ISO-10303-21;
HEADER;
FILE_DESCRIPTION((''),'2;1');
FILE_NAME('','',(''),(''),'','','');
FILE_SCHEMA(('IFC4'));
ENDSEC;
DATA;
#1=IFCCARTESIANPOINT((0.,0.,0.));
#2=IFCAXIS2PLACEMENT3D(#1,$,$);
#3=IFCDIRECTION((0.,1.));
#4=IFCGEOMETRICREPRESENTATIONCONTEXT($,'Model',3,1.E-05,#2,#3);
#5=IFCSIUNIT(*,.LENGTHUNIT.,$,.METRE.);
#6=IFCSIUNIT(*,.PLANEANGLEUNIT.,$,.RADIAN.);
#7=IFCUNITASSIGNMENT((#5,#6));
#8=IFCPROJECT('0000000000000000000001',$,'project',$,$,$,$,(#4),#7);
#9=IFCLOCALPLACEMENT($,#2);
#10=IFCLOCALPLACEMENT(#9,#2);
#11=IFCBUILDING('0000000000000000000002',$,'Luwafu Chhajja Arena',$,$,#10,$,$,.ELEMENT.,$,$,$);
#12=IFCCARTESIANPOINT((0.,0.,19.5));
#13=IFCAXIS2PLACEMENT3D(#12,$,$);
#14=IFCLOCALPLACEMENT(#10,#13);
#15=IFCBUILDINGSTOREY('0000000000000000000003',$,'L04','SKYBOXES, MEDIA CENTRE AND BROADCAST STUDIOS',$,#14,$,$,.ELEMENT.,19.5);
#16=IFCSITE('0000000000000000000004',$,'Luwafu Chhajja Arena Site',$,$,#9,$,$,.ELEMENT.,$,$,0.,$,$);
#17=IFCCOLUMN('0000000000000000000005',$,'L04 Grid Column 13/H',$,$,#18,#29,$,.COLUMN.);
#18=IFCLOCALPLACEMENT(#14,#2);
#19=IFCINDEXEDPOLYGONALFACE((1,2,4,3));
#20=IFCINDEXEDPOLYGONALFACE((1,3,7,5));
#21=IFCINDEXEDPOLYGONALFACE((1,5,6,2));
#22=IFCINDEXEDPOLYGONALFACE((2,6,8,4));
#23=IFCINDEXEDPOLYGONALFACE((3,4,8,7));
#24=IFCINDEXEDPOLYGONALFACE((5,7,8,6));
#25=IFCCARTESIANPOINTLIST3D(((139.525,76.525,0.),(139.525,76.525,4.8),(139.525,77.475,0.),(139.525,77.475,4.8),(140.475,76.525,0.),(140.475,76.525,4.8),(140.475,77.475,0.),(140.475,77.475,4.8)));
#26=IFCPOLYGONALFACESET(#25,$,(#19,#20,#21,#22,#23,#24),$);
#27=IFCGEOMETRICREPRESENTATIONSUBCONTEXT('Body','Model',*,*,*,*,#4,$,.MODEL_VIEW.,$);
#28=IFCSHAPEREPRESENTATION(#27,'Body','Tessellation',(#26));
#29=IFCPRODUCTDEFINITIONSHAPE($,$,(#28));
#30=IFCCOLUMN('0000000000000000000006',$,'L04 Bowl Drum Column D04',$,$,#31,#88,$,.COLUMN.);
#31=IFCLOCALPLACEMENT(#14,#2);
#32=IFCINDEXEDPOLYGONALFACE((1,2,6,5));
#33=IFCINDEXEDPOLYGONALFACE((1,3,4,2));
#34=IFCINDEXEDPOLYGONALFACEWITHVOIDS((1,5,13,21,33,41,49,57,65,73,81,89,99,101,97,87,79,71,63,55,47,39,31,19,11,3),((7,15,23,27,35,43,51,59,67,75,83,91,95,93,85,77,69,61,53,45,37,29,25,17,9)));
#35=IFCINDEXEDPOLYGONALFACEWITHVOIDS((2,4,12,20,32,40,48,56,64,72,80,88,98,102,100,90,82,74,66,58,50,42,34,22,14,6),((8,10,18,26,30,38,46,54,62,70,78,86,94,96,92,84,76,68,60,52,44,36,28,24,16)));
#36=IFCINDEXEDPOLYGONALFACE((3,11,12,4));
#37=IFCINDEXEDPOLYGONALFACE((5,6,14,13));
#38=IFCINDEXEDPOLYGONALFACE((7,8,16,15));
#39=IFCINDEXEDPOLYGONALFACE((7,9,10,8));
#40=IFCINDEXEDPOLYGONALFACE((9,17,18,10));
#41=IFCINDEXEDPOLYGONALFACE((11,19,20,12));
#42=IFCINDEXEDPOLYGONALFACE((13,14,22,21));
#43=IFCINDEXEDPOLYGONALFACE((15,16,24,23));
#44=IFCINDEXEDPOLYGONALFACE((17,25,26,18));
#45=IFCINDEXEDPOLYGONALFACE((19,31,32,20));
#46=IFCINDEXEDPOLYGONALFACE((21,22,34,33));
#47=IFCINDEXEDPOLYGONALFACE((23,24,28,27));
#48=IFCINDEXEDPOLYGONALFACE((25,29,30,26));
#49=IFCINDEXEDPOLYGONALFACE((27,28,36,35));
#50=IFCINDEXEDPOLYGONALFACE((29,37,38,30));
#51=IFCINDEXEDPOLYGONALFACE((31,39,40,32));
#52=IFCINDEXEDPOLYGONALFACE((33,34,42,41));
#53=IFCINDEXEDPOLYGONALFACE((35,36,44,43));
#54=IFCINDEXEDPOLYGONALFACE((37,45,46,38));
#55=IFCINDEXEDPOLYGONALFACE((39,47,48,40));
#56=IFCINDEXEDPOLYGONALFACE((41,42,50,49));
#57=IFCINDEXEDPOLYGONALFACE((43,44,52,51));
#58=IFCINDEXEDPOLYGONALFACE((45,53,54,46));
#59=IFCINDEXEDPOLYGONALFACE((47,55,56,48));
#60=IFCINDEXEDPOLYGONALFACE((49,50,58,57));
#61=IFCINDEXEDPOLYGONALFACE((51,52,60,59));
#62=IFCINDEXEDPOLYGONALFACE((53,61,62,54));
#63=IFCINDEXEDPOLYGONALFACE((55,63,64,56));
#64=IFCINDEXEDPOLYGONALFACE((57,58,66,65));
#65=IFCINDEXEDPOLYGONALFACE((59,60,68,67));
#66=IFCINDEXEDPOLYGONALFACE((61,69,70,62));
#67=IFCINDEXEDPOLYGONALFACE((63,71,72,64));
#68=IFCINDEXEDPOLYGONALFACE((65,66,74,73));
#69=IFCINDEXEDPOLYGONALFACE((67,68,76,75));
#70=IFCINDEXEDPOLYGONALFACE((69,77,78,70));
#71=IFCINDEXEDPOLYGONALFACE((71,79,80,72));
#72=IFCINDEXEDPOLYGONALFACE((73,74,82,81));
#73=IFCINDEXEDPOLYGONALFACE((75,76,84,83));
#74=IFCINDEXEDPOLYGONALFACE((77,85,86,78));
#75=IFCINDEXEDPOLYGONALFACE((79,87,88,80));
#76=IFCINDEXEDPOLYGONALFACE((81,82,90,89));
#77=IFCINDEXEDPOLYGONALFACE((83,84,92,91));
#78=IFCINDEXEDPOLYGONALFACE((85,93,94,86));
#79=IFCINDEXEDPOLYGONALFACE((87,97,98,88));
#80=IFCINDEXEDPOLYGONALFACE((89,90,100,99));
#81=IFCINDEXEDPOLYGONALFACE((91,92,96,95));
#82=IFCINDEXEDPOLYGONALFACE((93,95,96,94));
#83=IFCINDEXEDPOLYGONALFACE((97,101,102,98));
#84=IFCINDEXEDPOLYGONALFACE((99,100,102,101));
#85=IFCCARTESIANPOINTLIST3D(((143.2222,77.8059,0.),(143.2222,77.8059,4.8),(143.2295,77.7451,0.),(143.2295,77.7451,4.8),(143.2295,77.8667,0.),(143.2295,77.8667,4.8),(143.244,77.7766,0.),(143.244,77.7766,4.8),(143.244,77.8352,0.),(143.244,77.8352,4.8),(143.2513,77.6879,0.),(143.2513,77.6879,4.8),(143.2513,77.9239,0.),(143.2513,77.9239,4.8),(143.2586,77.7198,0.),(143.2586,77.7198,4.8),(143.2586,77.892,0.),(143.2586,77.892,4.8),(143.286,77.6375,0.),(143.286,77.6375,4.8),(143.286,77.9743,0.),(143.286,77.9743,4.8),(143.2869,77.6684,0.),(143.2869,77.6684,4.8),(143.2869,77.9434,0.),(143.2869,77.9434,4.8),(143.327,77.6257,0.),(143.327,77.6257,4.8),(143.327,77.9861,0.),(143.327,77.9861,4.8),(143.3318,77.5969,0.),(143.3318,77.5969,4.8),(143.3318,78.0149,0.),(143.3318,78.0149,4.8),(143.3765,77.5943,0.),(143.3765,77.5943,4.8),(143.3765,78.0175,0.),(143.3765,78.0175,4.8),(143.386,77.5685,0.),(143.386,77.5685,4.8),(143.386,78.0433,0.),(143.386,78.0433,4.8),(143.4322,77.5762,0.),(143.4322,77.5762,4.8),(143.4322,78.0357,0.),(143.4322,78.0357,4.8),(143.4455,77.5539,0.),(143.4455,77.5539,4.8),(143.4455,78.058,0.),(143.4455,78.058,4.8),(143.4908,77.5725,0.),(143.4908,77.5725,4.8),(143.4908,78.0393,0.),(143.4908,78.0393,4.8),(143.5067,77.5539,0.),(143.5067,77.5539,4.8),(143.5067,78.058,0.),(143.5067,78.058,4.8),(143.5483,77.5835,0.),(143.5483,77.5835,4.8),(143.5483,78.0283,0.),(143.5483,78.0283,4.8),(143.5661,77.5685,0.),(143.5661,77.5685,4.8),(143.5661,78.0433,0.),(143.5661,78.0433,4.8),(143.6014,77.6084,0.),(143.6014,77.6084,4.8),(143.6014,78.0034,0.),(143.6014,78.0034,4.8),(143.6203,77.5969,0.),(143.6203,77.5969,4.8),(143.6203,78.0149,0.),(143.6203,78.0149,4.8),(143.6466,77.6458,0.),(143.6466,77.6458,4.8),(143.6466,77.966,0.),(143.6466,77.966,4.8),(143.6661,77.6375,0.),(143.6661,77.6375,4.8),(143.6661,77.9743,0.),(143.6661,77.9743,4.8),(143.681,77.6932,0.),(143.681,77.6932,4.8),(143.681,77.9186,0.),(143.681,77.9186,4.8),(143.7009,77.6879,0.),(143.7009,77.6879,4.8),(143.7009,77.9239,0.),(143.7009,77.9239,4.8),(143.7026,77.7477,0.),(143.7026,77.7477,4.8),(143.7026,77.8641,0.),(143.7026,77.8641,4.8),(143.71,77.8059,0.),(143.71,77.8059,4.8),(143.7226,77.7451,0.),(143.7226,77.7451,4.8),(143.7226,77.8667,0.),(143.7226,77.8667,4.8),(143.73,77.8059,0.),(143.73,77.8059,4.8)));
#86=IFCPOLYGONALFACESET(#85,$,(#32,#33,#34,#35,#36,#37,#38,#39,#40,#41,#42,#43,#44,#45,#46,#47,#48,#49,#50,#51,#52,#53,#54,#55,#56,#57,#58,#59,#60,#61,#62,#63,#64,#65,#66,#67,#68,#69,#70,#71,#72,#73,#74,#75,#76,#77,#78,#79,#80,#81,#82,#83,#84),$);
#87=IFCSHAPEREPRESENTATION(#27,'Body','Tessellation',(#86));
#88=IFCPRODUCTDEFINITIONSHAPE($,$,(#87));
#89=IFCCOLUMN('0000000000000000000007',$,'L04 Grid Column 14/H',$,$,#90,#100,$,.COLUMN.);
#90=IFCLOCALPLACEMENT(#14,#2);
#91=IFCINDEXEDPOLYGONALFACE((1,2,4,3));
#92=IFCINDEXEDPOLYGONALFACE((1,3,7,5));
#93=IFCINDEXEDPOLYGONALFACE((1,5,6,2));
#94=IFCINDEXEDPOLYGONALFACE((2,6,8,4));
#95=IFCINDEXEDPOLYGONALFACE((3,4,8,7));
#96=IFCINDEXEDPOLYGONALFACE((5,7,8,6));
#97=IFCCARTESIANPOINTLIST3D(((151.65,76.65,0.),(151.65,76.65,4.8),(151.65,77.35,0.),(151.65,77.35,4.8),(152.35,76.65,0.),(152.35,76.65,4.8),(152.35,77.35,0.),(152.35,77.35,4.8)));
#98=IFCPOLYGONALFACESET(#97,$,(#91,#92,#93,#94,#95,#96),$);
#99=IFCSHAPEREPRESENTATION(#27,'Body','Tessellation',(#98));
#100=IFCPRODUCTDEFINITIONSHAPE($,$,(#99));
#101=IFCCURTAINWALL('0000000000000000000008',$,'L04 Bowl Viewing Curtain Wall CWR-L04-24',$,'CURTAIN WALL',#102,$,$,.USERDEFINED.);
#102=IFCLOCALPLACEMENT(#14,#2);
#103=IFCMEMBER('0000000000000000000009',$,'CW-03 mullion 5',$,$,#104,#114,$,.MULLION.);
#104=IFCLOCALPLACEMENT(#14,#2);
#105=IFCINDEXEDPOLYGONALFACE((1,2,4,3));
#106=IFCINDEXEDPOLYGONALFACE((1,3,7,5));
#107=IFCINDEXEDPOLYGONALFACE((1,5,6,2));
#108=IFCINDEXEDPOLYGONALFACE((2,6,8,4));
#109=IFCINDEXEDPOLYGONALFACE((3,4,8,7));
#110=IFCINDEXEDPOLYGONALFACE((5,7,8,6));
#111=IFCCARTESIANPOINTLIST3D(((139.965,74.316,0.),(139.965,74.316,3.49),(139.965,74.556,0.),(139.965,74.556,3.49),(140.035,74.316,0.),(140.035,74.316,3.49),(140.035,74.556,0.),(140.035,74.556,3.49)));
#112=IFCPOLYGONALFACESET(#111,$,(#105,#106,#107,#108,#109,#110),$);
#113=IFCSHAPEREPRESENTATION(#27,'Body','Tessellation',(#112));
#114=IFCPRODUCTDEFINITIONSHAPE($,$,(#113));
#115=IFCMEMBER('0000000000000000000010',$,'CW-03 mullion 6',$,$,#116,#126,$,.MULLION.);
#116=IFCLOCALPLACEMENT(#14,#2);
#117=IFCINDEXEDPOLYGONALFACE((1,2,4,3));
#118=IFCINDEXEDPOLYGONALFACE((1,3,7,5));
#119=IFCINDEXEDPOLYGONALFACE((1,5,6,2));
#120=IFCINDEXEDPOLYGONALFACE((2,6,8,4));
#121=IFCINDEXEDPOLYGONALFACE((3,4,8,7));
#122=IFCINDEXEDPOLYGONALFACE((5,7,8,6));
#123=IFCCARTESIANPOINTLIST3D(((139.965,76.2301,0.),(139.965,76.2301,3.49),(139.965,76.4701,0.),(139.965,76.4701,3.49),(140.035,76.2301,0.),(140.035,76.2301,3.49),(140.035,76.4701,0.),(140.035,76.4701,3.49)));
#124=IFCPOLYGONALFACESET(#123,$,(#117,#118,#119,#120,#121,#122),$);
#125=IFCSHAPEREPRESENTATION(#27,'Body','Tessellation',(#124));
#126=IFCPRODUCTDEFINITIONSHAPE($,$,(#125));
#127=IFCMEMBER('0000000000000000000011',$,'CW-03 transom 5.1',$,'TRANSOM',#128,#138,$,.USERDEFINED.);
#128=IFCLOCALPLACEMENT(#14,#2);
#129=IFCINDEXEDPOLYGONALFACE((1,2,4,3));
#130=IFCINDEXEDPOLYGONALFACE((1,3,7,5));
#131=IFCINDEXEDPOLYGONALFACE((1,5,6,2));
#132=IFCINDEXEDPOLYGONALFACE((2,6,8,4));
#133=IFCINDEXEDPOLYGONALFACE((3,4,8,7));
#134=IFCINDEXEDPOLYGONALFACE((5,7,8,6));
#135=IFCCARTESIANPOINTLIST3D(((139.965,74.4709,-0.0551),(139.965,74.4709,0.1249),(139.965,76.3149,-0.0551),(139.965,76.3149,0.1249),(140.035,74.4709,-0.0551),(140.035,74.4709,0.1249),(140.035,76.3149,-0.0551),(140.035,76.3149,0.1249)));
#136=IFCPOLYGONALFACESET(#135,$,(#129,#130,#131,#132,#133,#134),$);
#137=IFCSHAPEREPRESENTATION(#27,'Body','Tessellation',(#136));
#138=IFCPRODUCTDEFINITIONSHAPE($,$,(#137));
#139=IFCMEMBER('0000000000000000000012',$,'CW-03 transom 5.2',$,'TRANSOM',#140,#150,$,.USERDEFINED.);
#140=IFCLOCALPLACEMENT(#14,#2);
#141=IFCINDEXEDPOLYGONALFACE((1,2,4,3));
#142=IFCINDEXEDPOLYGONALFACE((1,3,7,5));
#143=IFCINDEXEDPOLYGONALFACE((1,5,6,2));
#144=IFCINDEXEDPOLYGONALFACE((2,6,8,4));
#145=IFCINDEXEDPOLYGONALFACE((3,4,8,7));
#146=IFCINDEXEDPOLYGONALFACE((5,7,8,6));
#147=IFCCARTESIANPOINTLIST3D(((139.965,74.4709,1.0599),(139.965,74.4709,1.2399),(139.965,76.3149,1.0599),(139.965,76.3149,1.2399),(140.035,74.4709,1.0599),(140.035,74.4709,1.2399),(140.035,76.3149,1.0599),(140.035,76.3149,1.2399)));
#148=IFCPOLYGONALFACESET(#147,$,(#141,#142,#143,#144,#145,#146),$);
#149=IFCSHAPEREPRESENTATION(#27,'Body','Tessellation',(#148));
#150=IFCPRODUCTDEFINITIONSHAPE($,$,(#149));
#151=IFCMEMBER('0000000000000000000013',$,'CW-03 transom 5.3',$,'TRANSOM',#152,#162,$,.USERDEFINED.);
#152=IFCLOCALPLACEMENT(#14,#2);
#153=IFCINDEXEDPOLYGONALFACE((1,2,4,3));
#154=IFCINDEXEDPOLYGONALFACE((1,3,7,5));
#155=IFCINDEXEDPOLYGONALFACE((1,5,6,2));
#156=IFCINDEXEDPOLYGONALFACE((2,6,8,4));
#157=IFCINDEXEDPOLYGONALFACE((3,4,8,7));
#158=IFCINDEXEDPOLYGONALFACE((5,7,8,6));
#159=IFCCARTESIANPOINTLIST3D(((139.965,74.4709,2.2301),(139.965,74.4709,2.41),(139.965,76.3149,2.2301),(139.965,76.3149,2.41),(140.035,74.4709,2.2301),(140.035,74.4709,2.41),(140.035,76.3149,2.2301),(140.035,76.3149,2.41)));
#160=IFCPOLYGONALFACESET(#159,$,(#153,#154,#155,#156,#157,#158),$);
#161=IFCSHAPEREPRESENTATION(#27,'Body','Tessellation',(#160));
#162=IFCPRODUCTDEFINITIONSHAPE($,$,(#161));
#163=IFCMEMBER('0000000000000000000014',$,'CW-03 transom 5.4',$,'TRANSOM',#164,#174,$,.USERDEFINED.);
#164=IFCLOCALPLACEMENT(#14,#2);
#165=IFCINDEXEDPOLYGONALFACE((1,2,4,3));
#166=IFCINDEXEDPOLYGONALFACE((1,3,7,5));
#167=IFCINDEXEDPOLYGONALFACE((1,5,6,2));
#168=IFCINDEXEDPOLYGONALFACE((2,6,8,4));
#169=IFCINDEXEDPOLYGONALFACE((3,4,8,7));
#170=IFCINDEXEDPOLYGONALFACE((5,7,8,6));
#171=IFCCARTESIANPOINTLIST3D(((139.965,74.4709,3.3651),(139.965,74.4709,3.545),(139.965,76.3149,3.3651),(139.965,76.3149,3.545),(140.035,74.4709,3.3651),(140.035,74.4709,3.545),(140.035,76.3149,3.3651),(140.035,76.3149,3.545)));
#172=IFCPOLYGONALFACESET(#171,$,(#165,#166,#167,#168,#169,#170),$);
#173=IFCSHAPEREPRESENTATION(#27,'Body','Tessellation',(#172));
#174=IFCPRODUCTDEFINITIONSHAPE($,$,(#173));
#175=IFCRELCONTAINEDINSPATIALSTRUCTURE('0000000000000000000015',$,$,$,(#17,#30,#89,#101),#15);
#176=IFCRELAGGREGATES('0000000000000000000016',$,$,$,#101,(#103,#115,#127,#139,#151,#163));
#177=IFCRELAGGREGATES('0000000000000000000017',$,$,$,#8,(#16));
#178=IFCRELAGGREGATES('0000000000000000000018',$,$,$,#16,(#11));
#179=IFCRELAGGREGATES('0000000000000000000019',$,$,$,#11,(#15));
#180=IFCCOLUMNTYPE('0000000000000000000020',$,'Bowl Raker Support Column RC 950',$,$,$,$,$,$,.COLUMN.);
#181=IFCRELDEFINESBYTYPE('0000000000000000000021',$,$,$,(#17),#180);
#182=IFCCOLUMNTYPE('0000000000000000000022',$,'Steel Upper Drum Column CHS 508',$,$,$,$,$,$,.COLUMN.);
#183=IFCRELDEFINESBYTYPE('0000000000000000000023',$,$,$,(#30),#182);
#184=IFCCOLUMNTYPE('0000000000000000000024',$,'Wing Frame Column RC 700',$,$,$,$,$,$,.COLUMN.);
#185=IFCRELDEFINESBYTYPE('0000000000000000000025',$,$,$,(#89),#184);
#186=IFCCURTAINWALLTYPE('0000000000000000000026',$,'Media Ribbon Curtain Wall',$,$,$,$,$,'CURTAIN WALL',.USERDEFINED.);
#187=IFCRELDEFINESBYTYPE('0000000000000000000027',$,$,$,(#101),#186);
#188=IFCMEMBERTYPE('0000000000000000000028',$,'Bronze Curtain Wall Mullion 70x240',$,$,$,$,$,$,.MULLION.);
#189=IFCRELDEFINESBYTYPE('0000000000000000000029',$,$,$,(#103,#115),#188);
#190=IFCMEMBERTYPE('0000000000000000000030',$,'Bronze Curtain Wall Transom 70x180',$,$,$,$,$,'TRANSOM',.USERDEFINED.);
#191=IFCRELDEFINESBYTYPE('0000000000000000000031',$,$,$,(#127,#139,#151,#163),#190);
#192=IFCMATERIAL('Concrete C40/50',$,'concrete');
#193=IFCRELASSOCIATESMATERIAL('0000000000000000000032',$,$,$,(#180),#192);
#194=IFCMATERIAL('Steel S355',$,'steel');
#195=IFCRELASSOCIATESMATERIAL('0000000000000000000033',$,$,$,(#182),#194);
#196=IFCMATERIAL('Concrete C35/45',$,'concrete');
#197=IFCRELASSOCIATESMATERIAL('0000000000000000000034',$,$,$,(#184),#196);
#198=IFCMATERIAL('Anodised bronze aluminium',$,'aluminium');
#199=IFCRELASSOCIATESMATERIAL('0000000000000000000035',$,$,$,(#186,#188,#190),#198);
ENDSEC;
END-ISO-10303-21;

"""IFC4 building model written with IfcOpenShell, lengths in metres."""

from ifc_helpers import new_model, si_unit, direction, frame, origin, origin_2d, place, context, subcontext, project, spatial, rectangle, hollow_circle, extrude, material, material_profile, profile_set, type_object, element, aggregate, save


model = new_model("IFC4")

# Units and contexts
model_context = context("Model", 3, precision=1e-05, world=origin(), true_north=direction((0.0, 1.0)))
body_context = subcontext(model_context, "Body", "Model", "MODEL_VIEW")
ifc_project = project(units=[si_unit("LENGTHUNIT", "METRE"), si_unit("PLANEANGLEUNIT", "RADIAN")], contexts=[model_context])

# Site, building, storey
site_placement = place(None, origin())
site = spatial("IfcSite", under=ifc_project, at=site_placement, Name="Luwafu Chhajja Arena Site", CompositionType="ELEMENT", RefElevation=0.0)
building_placement = place(site_placement, origin())
building = spatial("IfcBuilding", under=site, at=building_placement, Name="Luwafu Chhajja Arena", CompositionType="ELEMENT")
storey_placement = place(building_placement, frame((0.0, 0.0, 19.5)))
storey = spatial("IfcBuildingStorey", under=building, at=storey_placement, Name="L04", Description="SKYBOXES, MEDIA CENTRE AND BROADCAST STUDIOS", CompositionType="ELEMENT", Elevation=19.5)

# Columns
ifc_material_1 = material(Name="Concrete C40/50", Category="concrete")
ifc_material_profile_1 = material_profile(ifc_material_1, rectangle(XDim=0.95, YDim=0.95, at=origin_2d()), Name="RC 950x950")
ifc_profile_set_1 = profile_set([ifc_material_profile_1], Name="Concrete C40/50")
column_type_1 = type_object("IfcColumnType", Name="Bowl Raker Support Column RC 950", PredefinedType="COLUMN", material=ifc_profile_set_1)
column_1_placement = place(storey_placement, frame((140.0, 77.0, 0.0), z_axis=(0.0, 0.0, 1.0), x_axis=(1.0, 0.0, 0.0)))
element("IfcColumn", 1, at=column_1_placement, inside=storey, type_object=column_type_1, Name="L04 Grid Column 13/H", PredefinedType="COLUMN", context=body_context, shape_type="SweptSolid", body=[
    extrude(rectangle(XDim=0.95, YDim=0.95, at=origin_2d()), origin(), (0.0, 0.0, 1.0), 4.8),
])
ifc_material_2 = material(Name="Steel S355", Category="steel")
ifc_material_profile_2 = material_profile(ifc_material_2, hollow_circle(Radius=0.2539, WallThickness=0.02, at=origin_2d()), Name="CHS 508x20")
ifc_profile_set_2 = profile_set([ifc_material_profile_2], Name="Steel S355")
column_type_2 = type_object("IfcColumnType", Name="Steel Upper Drum Column CHS 508", PredefinedType="COLUMN", material=ifc_profile_set_2)
column_2_placement = place(storey_placement, frame((143.4761, 77.8059, 0.0), z_axis=(0.0, 0.0, 1.0), x_axis=(1.0, 0.0, 0.0)))
element("IfcColumn", 2, at=column_2_placement, inside=storey, type_object=column_type_2, Name="L04 Bowl Drum Column D04", PredefinedType="COLUMN", context=body_context, shape_type="SweptSolid", body=[
    extrude(hollow_circle(Radius=0.2539, WallThickness=0.02, at=origin_2d()), origin(), (0.0, 0.0, 1.0), 4.8),
])
ifc_material_3 = material(Name="Concrete C35/45", Category="concrete")
ifc_material_profile_3 = material_profile(ifc_material_3, rectangle(XDim=0.7, YDim=0.7, at=origin_2d()), Name="RC 700x700")
ifc_profile_set_3 = profile_set([ifc_material_profile_3], Name="Concrete C35/45")
column_type_3 = type_object("IfcColumnType", Name="Wing Frame Column RC 700", PredefinedType="COLUMN", material=ifc_profile_set_3)
column_3_placement = place(storey_placement, frame((152.0, 77.0, 0.0), z_axis=(0.0, 0.0, 1.0), x_axis=(1.0, 0.0, 0.0)))
element("IfcColumn", 3, at=column_3_placement, inside=storey, type_object=column_type_3, Name="L04 Grid Column 14/H", PredefinedType="COLUMN", context=body_context, shape_type="SweptSolid", body=[
    extrude(rectangle(XDim=0.7, YDim=0.7, at=origin_2d()), origin(), (0.0, 0.0, 1.0), 4.8),
])

# Curtain wall, members
ifc_material_4 = material(Name="Anodised bronze aluminium", Category="aluminium")
curtain_wall_type = type_object("IfcCurtainWallType", Name="Media Ribbon Curtain Wall", ElementType="CURTAIN WALL", PredefinedType="USERDEFINED", material=ifc_material_4)
curtain_wall_placement = place(storey_placement, origin())
curtain_wall = element("IfcCurtainWall", 4, at=curtain_wall_placement, inside=storey, type_object=curtain_wall_type, Name="L04 Bowl Viewing Curtain Wall CWR-L04-24", ObjectType="CURTAIN WALL", PredefinedType="USERDEFINED")
ifc_material_profile_4 = material_profile(ifc_material_4, rectangle(XDim=0.0701, YDim=0.24, at=origin_2d()), Name="CWM 70x240")
ifc_profile_set_4 = profile_set([ifc_material_profile_4], Name="Anodised bronze aluminium")
member_type_1 = type_object("IfcMemberType", Name="Bronze Curtain Wall Mullion 70x240", PredefinedType="MULLION", material=ifc_profile_set_4)
member_1_placement = place(storey_placement, frame((140.0, 74.436, 0.0), z_axis=(0.0, 0.0, 1.0), x_axis=(-1.0, 0.0, 0.0)))
member_1 = element("IfcMember", 5, at=member_1_placement, type_object=member_type_1, Name="CW-03 mullion 5", PredefinedType="MULLION", context=body_context, shape_type="SweptSolid", body=[
    extrude(rectangle(XDim=0.0701, YDim=0.24, at=origin_2d()), origin(), (0.0, 0.0, 1.0), 3.49),
])
member_2_placement = place(storey_placement, frame((140.0, 76.3501, 0.0), z_axis=(0.0, 0.0, 1.0), x_axis=(-1.0, 0.0, 0.0)))
member_2 = element("IfcMember", 6, at=member_2_placement, type_object=member_type_1, Name="CW-03 mullion 6", PredefinedType="MULLION", context=body_context, shape_type="SweptSolid", body=[
    extrude(rectangle(XDim=0.0701, YDim=0.24, at=origin_2d()), origin(), (0.0, 0.0, 1.0), 3.49),
])
ifc_material_profile_5 = material_profile(ifc_material_4, rectangle(XDim=0.0701, YDim=0.1799, at=origin_2d()), Name="CWT 70x180")
ifc_profile_set_5 = profile_set([ifc_material_profile_5], Name="Anodised bronze aluminium")
member_type_2 = type_object("IfcMemberType", Name="Bronze Curtain Wall Transom 70x180", ElementType="TRANSOM", PredefinedType="USERDEFINED", material=ifc_profile_set_5)
member_3_placement = place(storey_placement, frame((140.0, 74.4709, 0.0349), z_axis=(0.0, 1.0, 0.0), x_axis=(-1.0, 0.0, 0.0)))
member_3 = element("IfcMember", 7, at=member_3_placement, type_object=member_type_2, Name="CW-03 transom 5.1", ObjectType="TRANSOM", PredefinedType="USERDEFINED", context=body_context, shape_type="SweptSolid", body=[
    extrude(rectangle(XDim=0.0701, YDim=0.1799, at=origin_2d()), origin(), (0.0, 0.0, 1.0), 1.844),
])
member_4_placement = place(storey_placement, frame((140.0, 74.4709, 1.1499), z_axis=(0.0, 1.0, 0.0), x_axis=(-1.0, 0.0, 0.0)))
member_4 = element("IfcMember", 8, at=member_4_placement, type_object=member_type_2, Name="CW-03 transom 5.2", ObjectType="TRANSOM", PredefinedType="USERDEFINED", context=body_context, shape_type="SweptSolid", body=[
    extrude(rectangle(XDim=0.0701, YDim=0.1799, at=origin_2d()), origin(), (0.0, 0.0, 1.0), 1.844),
])
member_5_placement = place(storey_placement, frame((140.0, 74.4709, 2.3201), z_axis=(0.0, 1.0, 0.0), x_axis=(-1.0, 0.0, 0.0)))
member_5 = element("IfcMember", 9, at=member_5_placement, type_object=member_type_2, Name="CW-03 transom 5.3", ObjectType="TRANSOM", PredefinedType="USERDEFINED", context=body_context, shape_type="SweptSolid", body=[
    extrude(rectangle(XDim=0.0701, YDim=0.1799, at=origin_2d()), origin(), (0.0, 0.0, 1.0), 1.844),
])
member_6_placement = place(storey_placement, frame((140.0, 74.4709, 3.4551), z_axis=(0.0, 1.0, 0.0), x_axis=(-1.0, 0.0, 0.0)))
member_6 = element("IfcMember", 10, at=member_6_placement, type_object=member_type_2, Name="CW-03 transom 5.4", ObjectType="TRANSOM", PredefinedType="USERDEFINED", context=body_context, shape_type="SweptSolid", body=[
    extrude(rectangle(XDim=0.0701, YDim=0.1799, at=origin_2d()), origin(), (0.0, 0.0, 1.0), 1.844),
])

aggregate(curtain_wall, [member_1, member_2, member_3, member_4, member_5, member_6])

save(model, "model.ifc")
